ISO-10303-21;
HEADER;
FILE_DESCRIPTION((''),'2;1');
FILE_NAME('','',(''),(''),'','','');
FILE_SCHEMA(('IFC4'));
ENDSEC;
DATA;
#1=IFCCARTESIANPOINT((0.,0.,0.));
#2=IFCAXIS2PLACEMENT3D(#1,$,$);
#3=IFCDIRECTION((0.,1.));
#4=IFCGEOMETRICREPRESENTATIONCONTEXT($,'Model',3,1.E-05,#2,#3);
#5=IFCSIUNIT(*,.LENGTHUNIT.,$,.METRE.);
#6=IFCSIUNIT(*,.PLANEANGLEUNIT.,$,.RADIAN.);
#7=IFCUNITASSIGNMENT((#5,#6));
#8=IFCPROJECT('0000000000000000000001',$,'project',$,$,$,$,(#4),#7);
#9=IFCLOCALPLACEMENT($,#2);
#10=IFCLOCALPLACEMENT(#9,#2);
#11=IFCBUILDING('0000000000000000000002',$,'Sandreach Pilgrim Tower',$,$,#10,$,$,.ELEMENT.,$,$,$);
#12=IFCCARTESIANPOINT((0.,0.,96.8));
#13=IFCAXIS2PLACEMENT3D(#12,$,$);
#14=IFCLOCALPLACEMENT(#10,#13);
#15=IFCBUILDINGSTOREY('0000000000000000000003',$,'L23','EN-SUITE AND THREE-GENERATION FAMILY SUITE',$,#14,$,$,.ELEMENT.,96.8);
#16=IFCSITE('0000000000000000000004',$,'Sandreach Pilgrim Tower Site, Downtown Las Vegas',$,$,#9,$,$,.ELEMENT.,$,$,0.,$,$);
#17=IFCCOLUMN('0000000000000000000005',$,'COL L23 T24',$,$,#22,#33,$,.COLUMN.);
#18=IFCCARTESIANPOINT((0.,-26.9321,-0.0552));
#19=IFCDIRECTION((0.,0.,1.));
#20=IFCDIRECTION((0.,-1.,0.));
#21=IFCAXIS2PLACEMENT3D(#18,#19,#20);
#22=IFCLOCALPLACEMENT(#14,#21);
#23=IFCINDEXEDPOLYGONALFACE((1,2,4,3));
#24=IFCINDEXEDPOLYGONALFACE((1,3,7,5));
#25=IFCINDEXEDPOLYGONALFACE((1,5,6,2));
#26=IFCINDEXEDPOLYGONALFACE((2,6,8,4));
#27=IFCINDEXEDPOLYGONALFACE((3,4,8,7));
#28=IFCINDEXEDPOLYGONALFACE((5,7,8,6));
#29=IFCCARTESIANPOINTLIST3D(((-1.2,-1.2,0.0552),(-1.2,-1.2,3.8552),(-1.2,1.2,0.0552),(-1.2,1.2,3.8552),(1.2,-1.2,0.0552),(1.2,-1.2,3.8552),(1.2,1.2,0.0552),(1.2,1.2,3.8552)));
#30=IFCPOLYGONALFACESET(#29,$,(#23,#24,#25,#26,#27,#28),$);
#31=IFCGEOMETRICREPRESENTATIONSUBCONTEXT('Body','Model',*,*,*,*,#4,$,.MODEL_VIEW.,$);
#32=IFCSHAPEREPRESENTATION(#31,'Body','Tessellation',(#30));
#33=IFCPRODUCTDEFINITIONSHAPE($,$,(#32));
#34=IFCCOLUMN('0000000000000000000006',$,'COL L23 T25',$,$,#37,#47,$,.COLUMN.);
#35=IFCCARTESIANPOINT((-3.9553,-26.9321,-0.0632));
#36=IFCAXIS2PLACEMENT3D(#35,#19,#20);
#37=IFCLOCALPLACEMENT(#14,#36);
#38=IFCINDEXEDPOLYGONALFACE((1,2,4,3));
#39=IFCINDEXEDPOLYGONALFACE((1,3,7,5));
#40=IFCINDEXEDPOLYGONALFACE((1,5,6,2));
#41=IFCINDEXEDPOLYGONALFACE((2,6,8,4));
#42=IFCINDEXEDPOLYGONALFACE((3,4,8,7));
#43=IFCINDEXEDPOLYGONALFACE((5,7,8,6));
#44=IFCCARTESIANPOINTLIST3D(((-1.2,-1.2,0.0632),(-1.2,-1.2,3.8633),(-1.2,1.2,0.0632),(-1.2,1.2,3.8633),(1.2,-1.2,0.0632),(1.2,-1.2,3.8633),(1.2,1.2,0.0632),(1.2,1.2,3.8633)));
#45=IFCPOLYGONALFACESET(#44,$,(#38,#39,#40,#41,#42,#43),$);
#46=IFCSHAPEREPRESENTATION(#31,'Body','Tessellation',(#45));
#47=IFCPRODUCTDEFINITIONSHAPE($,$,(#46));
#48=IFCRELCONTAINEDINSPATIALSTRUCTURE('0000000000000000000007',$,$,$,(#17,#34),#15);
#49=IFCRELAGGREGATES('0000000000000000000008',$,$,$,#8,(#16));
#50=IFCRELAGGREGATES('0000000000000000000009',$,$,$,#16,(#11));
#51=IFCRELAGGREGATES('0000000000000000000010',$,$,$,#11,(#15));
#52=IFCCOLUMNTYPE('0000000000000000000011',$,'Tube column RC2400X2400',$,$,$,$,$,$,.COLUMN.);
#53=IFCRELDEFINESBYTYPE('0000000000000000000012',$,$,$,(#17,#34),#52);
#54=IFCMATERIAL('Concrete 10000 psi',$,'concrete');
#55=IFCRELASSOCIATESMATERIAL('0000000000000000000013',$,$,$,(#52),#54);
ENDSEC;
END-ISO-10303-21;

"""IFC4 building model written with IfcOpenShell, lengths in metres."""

from ifc_helpers import new_model, si_unit, direction, frame, origin, origin_2d, place, context, subcontext, project, spatial, rectangle, extrude, clip, halfspace, material, material_profile, profile_set, type_object, element, save


model = new_model("IFC4")

# Units and contexts
model_context = context("Model", 3, precision=1e-05, world=origin(), true_north=direction((0.0, 1.0)))
body_context = subcontext(model_context, "Body", "Model", "MODEL_VIEW")
ifc_project = project(units=[si_unit("LENGTHUNIT", "METRE"), si_unit("PLANEANGLEUNIT", "RADIAN")], contexts=[model_context])

# Site, building, storey
site_placement = place(None, origin())
site = spatial("IfcSite", under=ifc_project, at=site_placement, Name="Sandreach Pilgrim Tower Site, Downtown Las Vegas", CompositionType="ELEMENT", RefElevation=0.0)
building_placement = place(site_placement, origin())
building = spatial("IfcBuilding", under=site, at=building_placement, Name="Sandreach Pilgrim Tower", CompositionType="ELEMENT")
storey_placement = place(building_placement, frame((0.0, 0.0, 96.8)))
storey = spatial("IfcBuildingStorey", under=building, at=storey_placement, Name="L23", Description="EN-SUITE AND THREE-GENERATION FAMILY SUITE", CompositionType="ELEMENT", Elevation=96.8)

# Columns
ifc_material_1 = material(Name="Concrete 10000 psi", Category="concrete")
ifc_material_profile_1 = material_profile(ifc_material_1, rectangle(XDim=2.3999, YDim=2.3999, at=origin_2d()), Name="RC2400X2400")
ifc_profile_set_1 = profile_set([ifc_material_profile_1], Name="Concrete 10000 psi")
column_type = type_object("IfcColumnType", Name="Tube column RC2400X2400", PredefinedType="COLUMN", material=ifc_profile_set_1)
column_1_placement = place(storey_placement, frame((0.0, -26.9321, -0.0552), z_axis=(0.0, 0.0, 1.0), x_axis=(0.0, -1.0, 0.0)))
element("IfcColumn", 1, at=column_1_placement, inside=storey, type_object=column_type, Name="COL L23 T24", PredefinedType="COLUMN", context=body_context, shape_type="SweptSolid", body=[
    clip(extrude(rectangle(XDim=2.3999, YDim=2.3999, at=origin_2d()), origin(), (0.0, 0.0, 1.0), 3.8552), halfspace(frame((0.0, 0.0, 0.0552)), True)),
])
column_2_placement = place(storey_placement, frame((-3.9553, -26.9321, -0.0632), z_axis=(0.0, 0.0, 1.0), x_axis=(0.0, -1.0, 0.0)))
element("IfcColumn", 2, at=column_2_placement, inside=storey, type_object=column_type, Name="COL L23 T25", PredefinedType="COLUMN", context=body_context, shape_type="SweptSolid", body=[
    clip(extrude(rectangle(XDim=2.3999, YDim=2.3999, at=origin_2d()), origin(), (0.0, 0.0, 1.0), 3.8633), halfspace(frame((0.0, 0.0, 0.0632)), True)),
])

save(model, "model.ifc")
